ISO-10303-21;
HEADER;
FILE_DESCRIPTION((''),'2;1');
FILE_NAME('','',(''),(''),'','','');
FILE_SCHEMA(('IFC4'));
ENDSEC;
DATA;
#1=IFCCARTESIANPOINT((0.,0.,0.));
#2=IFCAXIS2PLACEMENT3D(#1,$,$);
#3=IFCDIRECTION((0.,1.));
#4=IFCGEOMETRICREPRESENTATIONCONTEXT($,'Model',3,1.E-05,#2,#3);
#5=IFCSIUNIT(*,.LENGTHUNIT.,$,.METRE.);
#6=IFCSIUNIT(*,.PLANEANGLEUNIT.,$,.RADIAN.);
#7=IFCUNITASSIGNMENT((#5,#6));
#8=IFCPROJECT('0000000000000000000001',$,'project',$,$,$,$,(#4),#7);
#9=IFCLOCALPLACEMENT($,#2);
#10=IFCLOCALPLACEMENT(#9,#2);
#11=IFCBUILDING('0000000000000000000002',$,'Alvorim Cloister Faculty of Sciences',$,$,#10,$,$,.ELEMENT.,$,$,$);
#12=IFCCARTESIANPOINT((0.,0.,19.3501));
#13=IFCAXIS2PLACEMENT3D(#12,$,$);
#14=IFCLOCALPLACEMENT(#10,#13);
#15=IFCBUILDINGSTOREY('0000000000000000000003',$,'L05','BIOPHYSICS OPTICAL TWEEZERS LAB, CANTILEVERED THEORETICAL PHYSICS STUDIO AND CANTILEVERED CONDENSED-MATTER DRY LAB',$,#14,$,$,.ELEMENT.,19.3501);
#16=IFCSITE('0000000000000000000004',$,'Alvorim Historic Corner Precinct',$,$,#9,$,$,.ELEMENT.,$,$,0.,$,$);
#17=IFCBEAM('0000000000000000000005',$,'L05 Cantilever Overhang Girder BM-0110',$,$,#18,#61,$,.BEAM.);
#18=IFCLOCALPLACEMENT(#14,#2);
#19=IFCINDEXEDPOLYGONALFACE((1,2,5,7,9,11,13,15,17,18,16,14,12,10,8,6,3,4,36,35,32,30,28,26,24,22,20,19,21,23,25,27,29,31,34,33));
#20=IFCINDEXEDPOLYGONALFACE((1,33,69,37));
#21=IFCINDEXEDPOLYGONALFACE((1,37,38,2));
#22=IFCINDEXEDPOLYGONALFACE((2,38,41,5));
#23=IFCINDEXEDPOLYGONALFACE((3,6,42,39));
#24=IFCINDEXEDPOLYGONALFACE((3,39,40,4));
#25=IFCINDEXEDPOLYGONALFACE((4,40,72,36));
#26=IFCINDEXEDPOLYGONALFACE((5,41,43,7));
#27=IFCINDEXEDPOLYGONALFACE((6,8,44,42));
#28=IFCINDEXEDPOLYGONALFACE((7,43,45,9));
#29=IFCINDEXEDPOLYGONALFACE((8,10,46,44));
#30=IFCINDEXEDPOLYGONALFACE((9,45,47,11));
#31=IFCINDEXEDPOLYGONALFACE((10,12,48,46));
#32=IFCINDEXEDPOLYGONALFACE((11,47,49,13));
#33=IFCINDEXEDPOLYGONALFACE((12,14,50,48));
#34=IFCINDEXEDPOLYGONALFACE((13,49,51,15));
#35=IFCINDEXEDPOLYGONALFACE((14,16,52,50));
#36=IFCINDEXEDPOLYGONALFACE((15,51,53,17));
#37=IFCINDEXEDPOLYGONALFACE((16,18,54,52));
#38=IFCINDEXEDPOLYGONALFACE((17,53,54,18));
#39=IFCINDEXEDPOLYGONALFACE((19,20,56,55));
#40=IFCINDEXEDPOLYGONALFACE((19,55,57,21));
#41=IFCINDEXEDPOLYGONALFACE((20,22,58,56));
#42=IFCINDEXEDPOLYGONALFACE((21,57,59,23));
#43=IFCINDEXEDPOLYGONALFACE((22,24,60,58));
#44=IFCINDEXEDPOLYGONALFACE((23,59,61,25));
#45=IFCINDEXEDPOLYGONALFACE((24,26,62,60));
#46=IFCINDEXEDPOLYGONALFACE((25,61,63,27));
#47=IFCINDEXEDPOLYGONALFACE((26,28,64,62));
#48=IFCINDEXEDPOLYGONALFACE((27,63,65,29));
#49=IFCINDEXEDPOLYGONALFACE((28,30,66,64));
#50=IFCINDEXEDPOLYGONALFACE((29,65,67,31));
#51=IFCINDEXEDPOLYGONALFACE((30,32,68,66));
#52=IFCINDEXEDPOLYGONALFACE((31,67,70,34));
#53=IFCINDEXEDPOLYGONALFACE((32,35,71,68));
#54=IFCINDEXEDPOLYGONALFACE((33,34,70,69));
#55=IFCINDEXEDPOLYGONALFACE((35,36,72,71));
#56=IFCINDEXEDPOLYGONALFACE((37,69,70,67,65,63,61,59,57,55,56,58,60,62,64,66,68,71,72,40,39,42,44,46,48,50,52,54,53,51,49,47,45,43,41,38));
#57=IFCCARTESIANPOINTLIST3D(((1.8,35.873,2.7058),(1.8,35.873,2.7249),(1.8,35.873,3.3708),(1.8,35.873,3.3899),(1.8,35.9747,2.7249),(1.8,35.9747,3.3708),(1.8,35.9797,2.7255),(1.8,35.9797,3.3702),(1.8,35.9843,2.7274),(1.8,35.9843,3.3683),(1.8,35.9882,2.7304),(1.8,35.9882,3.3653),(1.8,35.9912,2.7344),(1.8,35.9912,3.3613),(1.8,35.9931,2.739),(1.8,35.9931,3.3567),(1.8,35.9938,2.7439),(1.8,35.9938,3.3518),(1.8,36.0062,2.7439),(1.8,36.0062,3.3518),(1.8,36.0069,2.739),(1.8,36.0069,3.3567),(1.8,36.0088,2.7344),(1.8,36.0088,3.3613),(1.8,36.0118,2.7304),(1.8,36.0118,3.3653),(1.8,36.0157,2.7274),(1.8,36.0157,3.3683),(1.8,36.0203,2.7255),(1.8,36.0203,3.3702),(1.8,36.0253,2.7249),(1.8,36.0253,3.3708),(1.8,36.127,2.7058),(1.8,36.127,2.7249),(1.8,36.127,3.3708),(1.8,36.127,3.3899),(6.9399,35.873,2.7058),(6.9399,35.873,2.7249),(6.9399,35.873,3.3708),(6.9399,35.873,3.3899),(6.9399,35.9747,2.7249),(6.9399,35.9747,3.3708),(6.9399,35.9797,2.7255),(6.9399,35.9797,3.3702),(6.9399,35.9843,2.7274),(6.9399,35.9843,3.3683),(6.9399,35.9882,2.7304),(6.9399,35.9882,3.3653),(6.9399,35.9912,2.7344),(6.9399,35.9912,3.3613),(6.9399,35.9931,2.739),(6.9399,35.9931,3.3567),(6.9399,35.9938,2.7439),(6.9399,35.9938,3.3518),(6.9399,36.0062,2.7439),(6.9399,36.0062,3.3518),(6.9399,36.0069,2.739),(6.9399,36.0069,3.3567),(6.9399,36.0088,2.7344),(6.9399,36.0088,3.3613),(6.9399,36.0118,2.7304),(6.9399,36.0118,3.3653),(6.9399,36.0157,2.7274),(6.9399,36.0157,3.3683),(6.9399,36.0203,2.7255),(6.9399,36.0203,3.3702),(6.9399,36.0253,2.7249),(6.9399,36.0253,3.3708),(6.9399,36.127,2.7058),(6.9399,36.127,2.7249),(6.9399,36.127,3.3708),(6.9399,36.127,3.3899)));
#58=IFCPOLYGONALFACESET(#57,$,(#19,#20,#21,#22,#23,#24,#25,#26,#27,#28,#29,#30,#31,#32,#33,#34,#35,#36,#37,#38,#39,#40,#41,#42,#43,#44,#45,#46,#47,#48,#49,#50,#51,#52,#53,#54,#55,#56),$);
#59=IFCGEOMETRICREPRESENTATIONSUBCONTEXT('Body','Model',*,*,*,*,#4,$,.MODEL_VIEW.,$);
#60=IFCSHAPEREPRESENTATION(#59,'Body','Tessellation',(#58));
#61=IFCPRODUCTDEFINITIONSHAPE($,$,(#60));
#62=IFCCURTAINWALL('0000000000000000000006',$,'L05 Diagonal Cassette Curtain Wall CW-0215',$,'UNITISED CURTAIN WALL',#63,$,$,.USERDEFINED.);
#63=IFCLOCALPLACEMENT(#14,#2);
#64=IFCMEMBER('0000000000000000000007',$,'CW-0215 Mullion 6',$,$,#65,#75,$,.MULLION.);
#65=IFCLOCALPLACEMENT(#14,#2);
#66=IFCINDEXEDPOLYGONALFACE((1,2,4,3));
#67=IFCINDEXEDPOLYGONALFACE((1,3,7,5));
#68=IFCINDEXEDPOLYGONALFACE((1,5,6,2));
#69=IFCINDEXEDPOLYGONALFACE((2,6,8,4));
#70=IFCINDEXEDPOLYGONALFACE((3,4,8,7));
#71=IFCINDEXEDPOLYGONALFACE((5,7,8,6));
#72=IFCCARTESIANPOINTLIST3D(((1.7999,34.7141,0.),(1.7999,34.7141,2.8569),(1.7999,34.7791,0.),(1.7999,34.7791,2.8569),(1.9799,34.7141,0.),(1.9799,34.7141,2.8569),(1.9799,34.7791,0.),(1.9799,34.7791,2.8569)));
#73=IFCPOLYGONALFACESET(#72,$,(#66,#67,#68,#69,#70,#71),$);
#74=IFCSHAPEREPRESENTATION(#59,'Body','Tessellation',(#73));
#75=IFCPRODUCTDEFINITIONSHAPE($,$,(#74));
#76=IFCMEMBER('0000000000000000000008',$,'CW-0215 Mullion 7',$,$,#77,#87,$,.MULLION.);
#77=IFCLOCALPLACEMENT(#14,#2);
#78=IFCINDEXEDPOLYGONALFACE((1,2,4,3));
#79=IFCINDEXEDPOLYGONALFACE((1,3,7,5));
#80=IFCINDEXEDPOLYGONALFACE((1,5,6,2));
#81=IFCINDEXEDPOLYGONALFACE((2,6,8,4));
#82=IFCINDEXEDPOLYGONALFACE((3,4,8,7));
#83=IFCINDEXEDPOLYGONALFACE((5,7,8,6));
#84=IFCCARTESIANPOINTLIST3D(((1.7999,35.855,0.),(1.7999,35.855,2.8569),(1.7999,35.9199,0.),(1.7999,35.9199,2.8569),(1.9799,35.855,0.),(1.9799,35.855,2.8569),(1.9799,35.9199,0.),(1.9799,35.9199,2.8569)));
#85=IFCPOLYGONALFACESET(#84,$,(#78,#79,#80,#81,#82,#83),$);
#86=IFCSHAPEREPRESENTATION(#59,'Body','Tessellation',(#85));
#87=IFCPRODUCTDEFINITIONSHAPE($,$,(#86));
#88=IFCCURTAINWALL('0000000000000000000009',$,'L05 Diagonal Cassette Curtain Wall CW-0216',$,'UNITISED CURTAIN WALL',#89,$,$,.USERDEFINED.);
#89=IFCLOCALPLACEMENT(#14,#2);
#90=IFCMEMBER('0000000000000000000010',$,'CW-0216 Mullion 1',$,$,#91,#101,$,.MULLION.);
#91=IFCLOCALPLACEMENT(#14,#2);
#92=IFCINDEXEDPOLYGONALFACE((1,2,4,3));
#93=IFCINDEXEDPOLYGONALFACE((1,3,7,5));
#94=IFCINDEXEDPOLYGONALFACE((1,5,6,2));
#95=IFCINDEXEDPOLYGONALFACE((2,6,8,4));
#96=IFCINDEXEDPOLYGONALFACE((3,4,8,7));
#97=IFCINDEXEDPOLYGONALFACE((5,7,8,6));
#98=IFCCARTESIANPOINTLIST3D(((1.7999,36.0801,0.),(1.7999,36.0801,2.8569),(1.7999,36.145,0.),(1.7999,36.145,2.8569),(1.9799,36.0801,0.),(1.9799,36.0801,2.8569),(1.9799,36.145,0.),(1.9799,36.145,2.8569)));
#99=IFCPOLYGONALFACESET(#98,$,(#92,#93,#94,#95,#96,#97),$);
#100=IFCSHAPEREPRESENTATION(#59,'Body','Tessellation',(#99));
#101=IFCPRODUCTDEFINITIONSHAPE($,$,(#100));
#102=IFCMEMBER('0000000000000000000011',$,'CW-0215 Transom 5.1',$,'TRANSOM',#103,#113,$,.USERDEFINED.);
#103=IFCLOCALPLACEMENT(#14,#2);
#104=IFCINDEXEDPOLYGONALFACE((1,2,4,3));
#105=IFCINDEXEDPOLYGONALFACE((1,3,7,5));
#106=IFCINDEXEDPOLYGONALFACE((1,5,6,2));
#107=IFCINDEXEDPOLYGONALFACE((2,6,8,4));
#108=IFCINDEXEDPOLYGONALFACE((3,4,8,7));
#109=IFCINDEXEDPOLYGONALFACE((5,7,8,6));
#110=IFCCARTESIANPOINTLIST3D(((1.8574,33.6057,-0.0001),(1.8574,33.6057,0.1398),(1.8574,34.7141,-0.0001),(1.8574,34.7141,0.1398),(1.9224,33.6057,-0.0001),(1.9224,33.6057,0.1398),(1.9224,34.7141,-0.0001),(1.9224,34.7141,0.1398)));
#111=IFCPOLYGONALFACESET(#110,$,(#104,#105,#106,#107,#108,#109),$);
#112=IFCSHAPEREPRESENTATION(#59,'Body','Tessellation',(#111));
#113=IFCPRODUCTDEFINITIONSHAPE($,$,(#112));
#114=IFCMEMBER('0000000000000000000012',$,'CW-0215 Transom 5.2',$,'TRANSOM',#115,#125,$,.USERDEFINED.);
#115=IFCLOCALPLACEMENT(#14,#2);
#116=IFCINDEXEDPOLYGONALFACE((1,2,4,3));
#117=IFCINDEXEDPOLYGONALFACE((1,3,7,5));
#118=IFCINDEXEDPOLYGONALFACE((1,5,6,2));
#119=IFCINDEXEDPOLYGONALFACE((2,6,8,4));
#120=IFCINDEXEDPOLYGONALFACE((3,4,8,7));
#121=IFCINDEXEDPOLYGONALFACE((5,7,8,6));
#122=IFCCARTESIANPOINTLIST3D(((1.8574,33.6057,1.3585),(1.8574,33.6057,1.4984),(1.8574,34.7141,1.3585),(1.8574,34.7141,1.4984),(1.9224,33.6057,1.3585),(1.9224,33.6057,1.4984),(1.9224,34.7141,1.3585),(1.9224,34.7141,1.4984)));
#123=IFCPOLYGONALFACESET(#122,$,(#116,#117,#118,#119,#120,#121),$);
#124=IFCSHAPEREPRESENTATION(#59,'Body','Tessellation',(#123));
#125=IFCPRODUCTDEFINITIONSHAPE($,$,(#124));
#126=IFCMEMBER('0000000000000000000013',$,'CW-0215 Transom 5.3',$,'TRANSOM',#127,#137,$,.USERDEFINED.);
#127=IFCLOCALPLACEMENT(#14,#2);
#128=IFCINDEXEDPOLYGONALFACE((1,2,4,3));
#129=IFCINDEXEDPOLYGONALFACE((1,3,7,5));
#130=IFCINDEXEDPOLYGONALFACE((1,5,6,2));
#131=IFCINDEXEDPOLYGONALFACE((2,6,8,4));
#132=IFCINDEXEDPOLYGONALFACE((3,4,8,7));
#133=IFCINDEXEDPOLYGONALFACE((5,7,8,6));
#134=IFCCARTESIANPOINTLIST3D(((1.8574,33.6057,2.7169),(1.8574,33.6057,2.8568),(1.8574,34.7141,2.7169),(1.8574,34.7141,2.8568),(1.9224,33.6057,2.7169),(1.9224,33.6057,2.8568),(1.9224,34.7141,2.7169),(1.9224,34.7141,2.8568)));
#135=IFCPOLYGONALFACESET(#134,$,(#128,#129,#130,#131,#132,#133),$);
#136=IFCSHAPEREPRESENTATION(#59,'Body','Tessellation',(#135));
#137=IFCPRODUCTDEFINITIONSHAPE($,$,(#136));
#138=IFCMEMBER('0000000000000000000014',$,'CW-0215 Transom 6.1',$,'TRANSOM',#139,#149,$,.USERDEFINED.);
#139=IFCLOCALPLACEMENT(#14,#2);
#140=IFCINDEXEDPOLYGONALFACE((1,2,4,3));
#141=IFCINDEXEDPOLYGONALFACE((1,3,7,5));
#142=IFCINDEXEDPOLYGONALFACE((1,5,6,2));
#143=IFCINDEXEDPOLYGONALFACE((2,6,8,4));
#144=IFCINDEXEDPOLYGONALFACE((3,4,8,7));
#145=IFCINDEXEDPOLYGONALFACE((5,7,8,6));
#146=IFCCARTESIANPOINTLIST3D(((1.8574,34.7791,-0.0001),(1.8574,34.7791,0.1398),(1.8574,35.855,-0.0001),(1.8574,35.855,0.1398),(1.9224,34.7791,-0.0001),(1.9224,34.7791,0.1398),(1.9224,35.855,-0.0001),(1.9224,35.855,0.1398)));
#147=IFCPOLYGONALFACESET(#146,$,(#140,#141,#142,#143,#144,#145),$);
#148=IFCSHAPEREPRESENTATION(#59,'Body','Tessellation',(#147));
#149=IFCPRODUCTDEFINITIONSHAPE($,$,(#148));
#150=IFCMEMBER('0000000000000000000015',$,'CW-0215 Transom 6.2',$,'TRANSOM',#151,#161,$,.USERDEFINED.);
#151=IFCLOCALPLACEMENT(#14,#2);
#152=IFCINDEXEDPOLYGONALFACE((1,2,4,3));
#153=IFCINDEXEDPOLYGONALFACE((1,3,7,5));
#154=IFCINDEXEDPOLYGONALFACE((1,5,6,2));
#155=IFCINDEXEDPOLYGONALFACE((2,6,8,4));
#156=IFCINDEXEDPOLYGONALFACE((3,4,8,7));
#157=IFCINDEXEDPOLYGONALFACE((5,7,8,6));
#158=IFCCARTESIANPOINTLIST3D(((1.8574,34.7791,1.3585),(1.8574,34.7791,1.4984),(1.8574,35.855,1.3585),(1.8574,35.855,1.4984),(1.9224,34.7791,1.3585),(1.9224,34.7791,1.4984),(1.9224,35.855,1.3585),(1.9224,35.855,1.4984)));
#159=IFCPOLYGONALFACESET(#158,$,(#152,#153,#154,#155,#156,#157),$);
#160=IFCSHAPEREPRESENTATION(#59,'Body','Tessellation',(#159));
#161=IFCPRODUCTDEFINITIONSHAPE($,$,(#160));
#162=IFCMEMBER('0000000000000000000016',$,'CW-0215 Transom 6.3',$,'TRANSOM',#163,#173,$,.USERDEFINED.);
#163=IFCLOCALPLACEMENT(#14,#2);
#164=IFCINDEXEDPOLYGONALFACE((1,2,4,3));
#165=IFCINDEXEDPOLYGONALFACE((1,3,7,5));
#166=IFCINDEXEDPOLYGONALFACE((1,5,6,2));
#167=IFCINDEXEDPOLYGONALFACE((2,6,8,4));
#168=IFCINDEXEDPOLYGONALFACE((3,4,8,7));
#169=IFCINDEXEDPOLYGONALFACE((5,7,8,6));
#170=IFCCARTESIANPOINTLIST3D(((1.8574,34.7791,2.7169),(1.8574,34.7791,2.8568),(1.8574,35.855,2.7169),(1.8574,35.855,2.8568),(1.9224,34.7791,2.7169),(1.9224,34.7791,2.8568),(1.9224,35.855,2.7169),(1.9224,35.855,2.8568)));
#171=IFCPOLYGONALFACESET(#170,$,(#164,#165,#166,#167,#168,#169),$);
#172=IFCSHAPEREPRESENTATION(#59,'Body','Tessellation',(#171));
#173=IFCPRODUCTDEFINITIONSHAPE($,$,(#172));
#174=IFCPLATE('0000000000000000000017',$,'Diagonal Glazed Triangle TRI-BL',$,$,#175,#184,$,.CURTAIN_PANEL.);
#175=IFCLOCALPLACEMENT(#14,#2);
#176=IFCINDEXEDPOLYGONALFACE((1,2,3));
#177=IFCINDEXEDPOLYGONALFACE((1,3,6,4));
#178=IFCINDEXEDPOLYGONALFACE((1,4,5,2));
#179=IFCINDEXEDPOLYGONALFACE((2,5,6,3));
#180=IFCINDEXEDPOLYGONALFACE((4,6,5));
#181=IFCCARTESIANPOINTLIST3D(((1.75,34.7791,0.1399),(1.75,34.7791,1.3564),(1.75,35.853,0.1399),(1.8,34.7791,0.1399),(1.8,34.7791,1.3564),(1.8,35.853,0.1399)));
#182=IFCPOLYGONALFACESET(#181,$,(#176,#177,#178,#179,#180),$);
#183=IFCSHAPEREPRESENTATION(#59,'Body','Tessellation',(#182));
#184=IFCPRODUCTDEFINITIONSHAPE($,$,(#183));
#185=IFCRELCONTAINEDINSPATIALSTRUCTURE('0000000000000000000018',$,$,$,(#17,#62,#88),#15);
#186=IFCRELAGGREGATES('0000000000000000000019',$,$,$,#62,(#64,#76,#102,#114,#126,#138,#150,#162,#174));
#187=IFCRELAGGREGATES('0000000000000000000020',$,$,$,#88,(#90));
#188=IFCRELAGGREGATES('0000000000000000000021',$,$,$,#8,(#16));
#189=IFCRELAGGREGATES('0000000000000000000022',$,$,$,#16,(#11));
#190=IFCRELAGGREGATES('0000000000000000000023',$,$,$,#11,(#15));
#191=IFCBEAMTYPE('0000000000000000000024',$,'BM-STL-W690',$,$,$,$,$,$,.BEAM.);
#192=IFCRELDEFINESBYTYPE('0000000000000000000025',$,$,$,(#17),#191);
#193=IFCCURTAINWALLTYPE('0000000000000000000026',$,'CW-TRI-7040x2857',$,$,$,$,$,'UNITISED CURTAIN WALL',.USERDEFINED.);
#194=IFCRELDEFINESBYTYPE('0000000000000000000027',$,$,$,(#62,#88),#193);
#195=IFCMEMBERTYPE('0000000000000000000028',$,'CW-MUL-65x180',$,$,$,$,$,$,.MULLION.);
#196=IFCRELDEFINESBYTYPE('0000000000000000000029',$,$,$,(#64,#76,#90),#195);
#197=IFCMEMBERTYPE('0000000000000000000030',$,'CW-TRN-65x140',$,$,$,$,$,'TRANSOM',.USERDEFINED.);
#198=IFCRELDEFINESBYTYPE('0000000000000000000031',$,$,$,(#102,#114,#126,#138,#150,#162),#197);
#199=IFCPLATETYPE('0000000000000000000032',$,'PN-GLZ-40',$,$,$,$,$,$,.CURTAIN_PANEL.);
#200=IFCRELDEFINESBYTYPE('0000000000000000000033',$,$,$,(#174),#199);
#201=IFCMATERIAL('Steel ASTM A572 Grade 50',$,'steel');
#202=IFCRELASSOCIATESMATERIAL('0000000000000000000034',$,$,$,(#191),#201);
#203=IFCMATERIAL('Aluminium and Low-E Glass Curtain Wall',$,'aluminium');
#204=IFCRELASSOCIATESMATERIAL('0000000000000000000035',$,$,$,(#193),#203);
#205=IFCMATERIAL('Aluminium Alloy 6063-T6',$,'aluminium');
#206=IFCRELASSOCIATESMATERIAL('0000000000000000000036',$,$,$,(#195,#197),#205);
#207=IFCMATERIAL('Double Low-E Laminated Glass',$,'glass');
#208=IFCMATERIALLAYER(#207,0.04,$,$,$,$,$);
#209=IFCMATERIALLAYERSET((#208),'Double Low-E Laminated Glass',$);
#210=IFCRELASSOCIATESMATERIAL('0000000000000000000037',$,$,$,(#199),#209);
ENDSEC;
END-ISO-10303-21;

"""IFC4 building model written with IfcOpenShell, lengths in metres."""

from ifc_helpers import new_model, si_unit, direction, frame, origin, origin_2d, place, context, subcontext, project, spatial, polyline, rectangle, i_section, outline, extrude, material, layer, layer_set, material_profile, profile_set, type_object, element, aggregate, save


model = new_model("IFC4")

# Units and contexts
model_context = context("Model", 3, precision=1e-05, world=origin(), true_north=direction((0.0, 1.0)))
body_context = subcontext(model_context, "Body", "Model", "MODEL_VIEW")
ifc_project = project(units=[si_unit("LENGTHUNIT", "METRE"), si_unit("PLANEANGLEUNIT", "RADIAN")], contexts=[model_context])

# Site, building, storey
site_placement = place(None, origin())
site = spatial("IfcSite", under=ifc_project, at=site_placement, Name="Alvorim Historic Corner Precinct", CompositionType="ELEMENT", RefElevation=0.0)
building_placement = place(site_placement, origin())
building = spatial("IfcBuilding", under=site, at=building_placement, Name="Alvorim Cloister Faculty of Sciences", CompositionType="ELEMENT")
storey_placement = place(building_placement, frame((0.0, 0.0, 19.3501)))
storey = spatial("IfcBuildingStorey", under=building, at=storey_placement, Name="L05", Description="BIOPHYSICS OPTICAL TWEEZERS LAB, CANTILEVERED THEORETICAL PHYSICS STUDIO AND CANTILEVERED CONDENSED-MATTER DRY LAB", CompositionType="ELEMENT", Elevation=19.3501)

# Beam
ifc_material_1 = material(Name="Steel ASTM A572 Grade 50", Category="steel")
ifc_material_profile_1 = material_profile(ifc_material_1, i_section(OverallWidth=0.2539, OverallDepth=0.6841, WebThickness=0.0125, FlangeThickness=0.019, FilletRadius=0.019, at=origin_2d()), Name="W690x140.0")
ifc_profile_set_1 = profile_set([ifc_material_profile_1], Name="Steel ASTM A572 Grade 50")
beam_type = type_object("IfcBeamType", Name="BM-STL-W690", PredefinedType="BEAM", material=ifc_profile_set_1)
beam_placement = place(storey_placement, frame((1.8, 36.0, 3.0479), z_axis=(1.0, 0.0, 0.0), x_axis=(0.0, 1.0, 0.0)))
element("IfcBeam", 1, at=beam_placement, inside=storey, type_object=beam_type, Name="L05 Cantilever Overhang Girder BM-0110", PredefinedType="BEAM", context=body_context, shape_type="SweptSolid", body=[
    extrude(i_section(OverallWidth=0.2539, OverallDepth=0.6841, WebThickness=0.0125, FlangeThickness=0.019, FilletRadius=0.019, at=origin_2d()), origin(), (0.0, 0.0, 1.0), 5.1399),
])

# Curtain wall, members
ifc_material_2 = material(Name="Aluminium and Low-E Glass Curtain Wall", Category="aluminium")
curtain_wall_type = type_object("IfcCurtainWallType", Name="CW-TRI-7040x2857", ElementType="UNITISED CURTAIN WALL", PredefinedType="USERDEFINED", material=ifc_material_2)
curtain_wall_1_placement = place(storey_placement, origin())
curtain_wall_1 = element("IfcCurtainWall", 2, at=curtain_wall_1_placement, inside=storey, type_object=curtain_wall_type, Name="L05 Diagonal Cassette Curtain Wall CW-0215", ObjectType="UNITISED CURTAIN WALL", PredefinedType="USERDEFINED")
ifc_material_3 = material(Name="Aluminium Alloy 6063-T6", Category="aluminium")
ifc_material_profile_2 = material_profile(ifc_material_3, rectangle(XDim=0.0649, YDim=0.1799, at=origin_2d()), Name="ALU-MUL-65x180")
ifc_profile_set_2 = profile_set([ifc_material_profile_2], Name="Aluminium Alloy 6063-T6")
member_type_1 = type_object("IfcMemberType", Name="CW-MUL-65x180", PredefinedType="MULLION", material=ifc_profile_set_2)
member_1_placement = place(storey_placement, frame((1.8899, 34.7466, 0.0), z_axis=(0.0, 0.0, 1.0), x_axis=(0.0, 1.0, 0.0)))
member_1 = element("IfcMember", 3, at=member_1_placement, type_object=member_type_1, Name="CW-0215 Mullion 6", PredefinedType="MULLION", context=body_context, shape_type="SweptSolid", body=[
    extrude(rectangle(XDim=0.0649, YDim=0.1799, at=origin_2d()), origin(), (0.0, 0.0, 1.0), 2.8569),
])
member_2_placement = place(storey_placement, frame((1.8899, 35.8875, 0.0), z_axis=(0.0, 0.0, 1.0), x_axis=(0.0, 1.0, 0.0)))
member_2 = element("IfcMember", 4, at=member_2_placement, type_object=member_type_1, Name="CW-0215 Mullion 7", PredefinedType="MULLION", context=body_context, shape_type="SweptSolid", body=[
    extrude(rectangle(XDim=0.0649, YDim=0.1799, at=origin_2d()), origin(), (0.0, 0.0, 1.0), 2.8569),
])

# Curtain wall, member
curtain_wall_2_placement = place(storey_placement, origin())
curtain_wall_2 = element("IfcCurtainWall", 5, at=curtain_wall_2_placement, inside=storey, type_object=curtain_wall_type, Name="L05 Diagonal Cassette Curtain Wall CW-0216", ObjectType="UNITISED CURTAIN WALL", PredefinedType="USERDEFINED")
member_3_placement = place(storey_placement, frame((1.8899, 36.1125, 0.0), z_axis=(0.0, 0.0, 1.0), x_axis=(0.0, 1.0, 0.0)))
member_3 = element("IfcMember", 6, at=member_3_placement, type_object=member_type_1, Name="CW-0216 Mullion 1", PredefinedType="MULLION", context=body_context, shape_type="SweptSolid", body=[
    extrude(rectangle(XDim=0.0649, YDim=0.1799, at=origin_2d()), origin(), (0.0, 0.0, 1.0), 2.8569),
])

# Members
ifc_material_profile_3 = material_profile(ifc_material_3, rectangle(XDim=0.0649, YDim=0.1399, at=origin_2d()), Name="ALU-TRN-65x140")
ifc_profile_set_3 = profile_set([ifc_material_profile_3], Name="Aluminium Alloy 6063-T6")
member_type_2 = type_object("IfcMemberType", Name="CW-TRN-65x140", ElementType="TRANSOM", PredefinedType="USERDEFINED", material=ifc_profile_set_3)
member_4_placement = place(storey_placement, frame((1.8899, 33.6057, 0.0698), z_axis=(0.0, 1.0, 0.0), x_axis=(-1.0, 0.0, 0.0)))
member_4 = element("IfcMember", 7, at=member_4_placement, type_object=member_type_2, Name="CW-0215 Transom 5.1", ObjectType="TRANSOM", PredefinedType="USERDEFINED", context=body_context, shape_type="SweptSolid", body=[
    extrude(rectangle(XDim=0.0649, YDim=0.1399, at=origin_2d()), origin(), (0.0, 0.0, 1.0), 1.1084),
])
member_5_placement = place(storey_placement, frame((1.8899, 33.6057, 1.4285), z_axis=(0.0, 1.0, 0.0), x_axis=(-1.0, 0.0, 0.0)))
member_5 = element("IfcMember", 8, at=member_5_placement, type_object=member_type_2, Name="CW-0215 Transom 5.2", ObjectType="TRANSOM", PredefinedType="USERDEFINED", context=body_context, shape_type="SweptSolid", body=[
    extrude(rectangle(XDim=0.0649, YDim=0.1399, at=origin_2d()), origin(), (0.0, 0.0, 1.0), 1.1084),
])
member_6_placement = place(storey_placement, frame((1.8899, 33.6057, 2.7869), z_axis=(0.0, 1.0, 0.0), x_axis=(-1.0, 0.0, 0.0)))
member_6 = element("IfcMember", 9, at=member_6_placement, type_object=member_type_2, Name="CW-0215 Transom 5.3", ObjectType="TRANSOM", PredefinedType="USERDEFINED", context=body_context, shape_type="SweptSolid", body=[
    extrude(rectangle(XDim=0.0649, YDim=0.1399, at=origin_2d()), origin(), (0.0, 0.0, 1.0), 1.1084),
])
member_7_placement = place(storey_placement, frame((1.8899, 34.7791, 0.0698), z_axis=(0.0, 1.0, 0.0), x_axis=(-1.0, 0.0, 0.0)))
member_7 = element("IfcMember", 10, at=member_7_placement, type_object=member_type_2, Name="CW-0215 Transom 6.1", ObjectType="TRANSOM", PredefinedType="USERDEFINED", context=body_context, shape_type="SweptSolid", body=[
    extrude(rectangle(XDim=0.0649, YDim=0.1399, at=origin_2d()), origin(), (0.0, 0.0, 1.0), 1.0759),
])
member_8_placement = place(storey_placement, frame((1.8899, 34.7791, 1.4285), z_axis=(0.0, 1.0, 0.0), x_axis=(-1.0, 0.0, 0.0)))
member_8 = element("IfcMember", 11, at=member_8_placement, type_object=member_type_2, Name="CW-0215 Transom 6.2", ObjectType="TRANSOM", PredefinedType="USERDEFINED", context=body_context, shape_type="SweptSolid", body=[
    extrude(rectangle(XDim=0.0649, YDim=0.1399, at=origin_2d()), origin(), (0.0, 0.0, 1.0), 1.0759),
])
member_9_placement = place(storey_placement, frame((1.8899, 34.7791, 2.7869), z_axis=(0.0, 1.0, 0.0), x_axis=(-1.0, 0.0, 0.0)))
member_9 = element("IfcMember", 12, at=member_9_placement, type_object=member_type_2, Name="CW-0215 Transom 6.3", ObjectType="TRANSOM", PredefinedType="USERDEFINED", context=body_context, shape_type="SweptSolid", body=[
    extrude(rectangle(XDim=0.0649, YDim=0.1399, at=origin_2d()), origin(), (0.0, 0.0, 1.0), 1.0759),
])

# Plate
ifc_material_4 = material(Name="Double Low-E Laminated Glass", Category="glass")
ifc_layer_1 = layer(ifc_material_4, 0.04)
ifc_layer_set_1 = layer_set([ifc_layer_1], Name="Double Low-E Laminated Glass")
plate_type = type_object("IfcPlateType", Name="PN-GLZ-40", PredefinedType="CURTAIN_PANEL", material=ifc_layer_set_1)
plate_1_placement = place(storey_placement, frame((1.7749, 34.7791, 0.1399), z_axis=(0.0, 0.0, 1.0), x_axis=(0.0, 1.0, 0.0)))
plate_1 = element("IfcPlate", 13, at=plate_1_placement, type_object=plate_type, Name="Diagonal Glazed Triangle TRI-BL", PredefinedType="CURTAIN_PANEL", context=body_context, shape_type="SweptSolid", body=[
    extrude(outline(polyline([(0.0, 0.0), (1.074, 0.0), (0.0, 1.2166), (0.0, 0.0)])), frame((0.0, 0.0249, 0.0), z_axis=(0.0, -1.0, 0.0), x_axis=(1.0, 0.0, 0.0)), (0.0, 0.0, 1.0), 0.05),
])
aggregate(curtain_wall_1, [member_1, member_2, member_4, member_5, member_6, member_7, member_8, member_9, plate_1])
aggregate(curtain_wall_2, [member_3])

save(model, "model.ifc")
